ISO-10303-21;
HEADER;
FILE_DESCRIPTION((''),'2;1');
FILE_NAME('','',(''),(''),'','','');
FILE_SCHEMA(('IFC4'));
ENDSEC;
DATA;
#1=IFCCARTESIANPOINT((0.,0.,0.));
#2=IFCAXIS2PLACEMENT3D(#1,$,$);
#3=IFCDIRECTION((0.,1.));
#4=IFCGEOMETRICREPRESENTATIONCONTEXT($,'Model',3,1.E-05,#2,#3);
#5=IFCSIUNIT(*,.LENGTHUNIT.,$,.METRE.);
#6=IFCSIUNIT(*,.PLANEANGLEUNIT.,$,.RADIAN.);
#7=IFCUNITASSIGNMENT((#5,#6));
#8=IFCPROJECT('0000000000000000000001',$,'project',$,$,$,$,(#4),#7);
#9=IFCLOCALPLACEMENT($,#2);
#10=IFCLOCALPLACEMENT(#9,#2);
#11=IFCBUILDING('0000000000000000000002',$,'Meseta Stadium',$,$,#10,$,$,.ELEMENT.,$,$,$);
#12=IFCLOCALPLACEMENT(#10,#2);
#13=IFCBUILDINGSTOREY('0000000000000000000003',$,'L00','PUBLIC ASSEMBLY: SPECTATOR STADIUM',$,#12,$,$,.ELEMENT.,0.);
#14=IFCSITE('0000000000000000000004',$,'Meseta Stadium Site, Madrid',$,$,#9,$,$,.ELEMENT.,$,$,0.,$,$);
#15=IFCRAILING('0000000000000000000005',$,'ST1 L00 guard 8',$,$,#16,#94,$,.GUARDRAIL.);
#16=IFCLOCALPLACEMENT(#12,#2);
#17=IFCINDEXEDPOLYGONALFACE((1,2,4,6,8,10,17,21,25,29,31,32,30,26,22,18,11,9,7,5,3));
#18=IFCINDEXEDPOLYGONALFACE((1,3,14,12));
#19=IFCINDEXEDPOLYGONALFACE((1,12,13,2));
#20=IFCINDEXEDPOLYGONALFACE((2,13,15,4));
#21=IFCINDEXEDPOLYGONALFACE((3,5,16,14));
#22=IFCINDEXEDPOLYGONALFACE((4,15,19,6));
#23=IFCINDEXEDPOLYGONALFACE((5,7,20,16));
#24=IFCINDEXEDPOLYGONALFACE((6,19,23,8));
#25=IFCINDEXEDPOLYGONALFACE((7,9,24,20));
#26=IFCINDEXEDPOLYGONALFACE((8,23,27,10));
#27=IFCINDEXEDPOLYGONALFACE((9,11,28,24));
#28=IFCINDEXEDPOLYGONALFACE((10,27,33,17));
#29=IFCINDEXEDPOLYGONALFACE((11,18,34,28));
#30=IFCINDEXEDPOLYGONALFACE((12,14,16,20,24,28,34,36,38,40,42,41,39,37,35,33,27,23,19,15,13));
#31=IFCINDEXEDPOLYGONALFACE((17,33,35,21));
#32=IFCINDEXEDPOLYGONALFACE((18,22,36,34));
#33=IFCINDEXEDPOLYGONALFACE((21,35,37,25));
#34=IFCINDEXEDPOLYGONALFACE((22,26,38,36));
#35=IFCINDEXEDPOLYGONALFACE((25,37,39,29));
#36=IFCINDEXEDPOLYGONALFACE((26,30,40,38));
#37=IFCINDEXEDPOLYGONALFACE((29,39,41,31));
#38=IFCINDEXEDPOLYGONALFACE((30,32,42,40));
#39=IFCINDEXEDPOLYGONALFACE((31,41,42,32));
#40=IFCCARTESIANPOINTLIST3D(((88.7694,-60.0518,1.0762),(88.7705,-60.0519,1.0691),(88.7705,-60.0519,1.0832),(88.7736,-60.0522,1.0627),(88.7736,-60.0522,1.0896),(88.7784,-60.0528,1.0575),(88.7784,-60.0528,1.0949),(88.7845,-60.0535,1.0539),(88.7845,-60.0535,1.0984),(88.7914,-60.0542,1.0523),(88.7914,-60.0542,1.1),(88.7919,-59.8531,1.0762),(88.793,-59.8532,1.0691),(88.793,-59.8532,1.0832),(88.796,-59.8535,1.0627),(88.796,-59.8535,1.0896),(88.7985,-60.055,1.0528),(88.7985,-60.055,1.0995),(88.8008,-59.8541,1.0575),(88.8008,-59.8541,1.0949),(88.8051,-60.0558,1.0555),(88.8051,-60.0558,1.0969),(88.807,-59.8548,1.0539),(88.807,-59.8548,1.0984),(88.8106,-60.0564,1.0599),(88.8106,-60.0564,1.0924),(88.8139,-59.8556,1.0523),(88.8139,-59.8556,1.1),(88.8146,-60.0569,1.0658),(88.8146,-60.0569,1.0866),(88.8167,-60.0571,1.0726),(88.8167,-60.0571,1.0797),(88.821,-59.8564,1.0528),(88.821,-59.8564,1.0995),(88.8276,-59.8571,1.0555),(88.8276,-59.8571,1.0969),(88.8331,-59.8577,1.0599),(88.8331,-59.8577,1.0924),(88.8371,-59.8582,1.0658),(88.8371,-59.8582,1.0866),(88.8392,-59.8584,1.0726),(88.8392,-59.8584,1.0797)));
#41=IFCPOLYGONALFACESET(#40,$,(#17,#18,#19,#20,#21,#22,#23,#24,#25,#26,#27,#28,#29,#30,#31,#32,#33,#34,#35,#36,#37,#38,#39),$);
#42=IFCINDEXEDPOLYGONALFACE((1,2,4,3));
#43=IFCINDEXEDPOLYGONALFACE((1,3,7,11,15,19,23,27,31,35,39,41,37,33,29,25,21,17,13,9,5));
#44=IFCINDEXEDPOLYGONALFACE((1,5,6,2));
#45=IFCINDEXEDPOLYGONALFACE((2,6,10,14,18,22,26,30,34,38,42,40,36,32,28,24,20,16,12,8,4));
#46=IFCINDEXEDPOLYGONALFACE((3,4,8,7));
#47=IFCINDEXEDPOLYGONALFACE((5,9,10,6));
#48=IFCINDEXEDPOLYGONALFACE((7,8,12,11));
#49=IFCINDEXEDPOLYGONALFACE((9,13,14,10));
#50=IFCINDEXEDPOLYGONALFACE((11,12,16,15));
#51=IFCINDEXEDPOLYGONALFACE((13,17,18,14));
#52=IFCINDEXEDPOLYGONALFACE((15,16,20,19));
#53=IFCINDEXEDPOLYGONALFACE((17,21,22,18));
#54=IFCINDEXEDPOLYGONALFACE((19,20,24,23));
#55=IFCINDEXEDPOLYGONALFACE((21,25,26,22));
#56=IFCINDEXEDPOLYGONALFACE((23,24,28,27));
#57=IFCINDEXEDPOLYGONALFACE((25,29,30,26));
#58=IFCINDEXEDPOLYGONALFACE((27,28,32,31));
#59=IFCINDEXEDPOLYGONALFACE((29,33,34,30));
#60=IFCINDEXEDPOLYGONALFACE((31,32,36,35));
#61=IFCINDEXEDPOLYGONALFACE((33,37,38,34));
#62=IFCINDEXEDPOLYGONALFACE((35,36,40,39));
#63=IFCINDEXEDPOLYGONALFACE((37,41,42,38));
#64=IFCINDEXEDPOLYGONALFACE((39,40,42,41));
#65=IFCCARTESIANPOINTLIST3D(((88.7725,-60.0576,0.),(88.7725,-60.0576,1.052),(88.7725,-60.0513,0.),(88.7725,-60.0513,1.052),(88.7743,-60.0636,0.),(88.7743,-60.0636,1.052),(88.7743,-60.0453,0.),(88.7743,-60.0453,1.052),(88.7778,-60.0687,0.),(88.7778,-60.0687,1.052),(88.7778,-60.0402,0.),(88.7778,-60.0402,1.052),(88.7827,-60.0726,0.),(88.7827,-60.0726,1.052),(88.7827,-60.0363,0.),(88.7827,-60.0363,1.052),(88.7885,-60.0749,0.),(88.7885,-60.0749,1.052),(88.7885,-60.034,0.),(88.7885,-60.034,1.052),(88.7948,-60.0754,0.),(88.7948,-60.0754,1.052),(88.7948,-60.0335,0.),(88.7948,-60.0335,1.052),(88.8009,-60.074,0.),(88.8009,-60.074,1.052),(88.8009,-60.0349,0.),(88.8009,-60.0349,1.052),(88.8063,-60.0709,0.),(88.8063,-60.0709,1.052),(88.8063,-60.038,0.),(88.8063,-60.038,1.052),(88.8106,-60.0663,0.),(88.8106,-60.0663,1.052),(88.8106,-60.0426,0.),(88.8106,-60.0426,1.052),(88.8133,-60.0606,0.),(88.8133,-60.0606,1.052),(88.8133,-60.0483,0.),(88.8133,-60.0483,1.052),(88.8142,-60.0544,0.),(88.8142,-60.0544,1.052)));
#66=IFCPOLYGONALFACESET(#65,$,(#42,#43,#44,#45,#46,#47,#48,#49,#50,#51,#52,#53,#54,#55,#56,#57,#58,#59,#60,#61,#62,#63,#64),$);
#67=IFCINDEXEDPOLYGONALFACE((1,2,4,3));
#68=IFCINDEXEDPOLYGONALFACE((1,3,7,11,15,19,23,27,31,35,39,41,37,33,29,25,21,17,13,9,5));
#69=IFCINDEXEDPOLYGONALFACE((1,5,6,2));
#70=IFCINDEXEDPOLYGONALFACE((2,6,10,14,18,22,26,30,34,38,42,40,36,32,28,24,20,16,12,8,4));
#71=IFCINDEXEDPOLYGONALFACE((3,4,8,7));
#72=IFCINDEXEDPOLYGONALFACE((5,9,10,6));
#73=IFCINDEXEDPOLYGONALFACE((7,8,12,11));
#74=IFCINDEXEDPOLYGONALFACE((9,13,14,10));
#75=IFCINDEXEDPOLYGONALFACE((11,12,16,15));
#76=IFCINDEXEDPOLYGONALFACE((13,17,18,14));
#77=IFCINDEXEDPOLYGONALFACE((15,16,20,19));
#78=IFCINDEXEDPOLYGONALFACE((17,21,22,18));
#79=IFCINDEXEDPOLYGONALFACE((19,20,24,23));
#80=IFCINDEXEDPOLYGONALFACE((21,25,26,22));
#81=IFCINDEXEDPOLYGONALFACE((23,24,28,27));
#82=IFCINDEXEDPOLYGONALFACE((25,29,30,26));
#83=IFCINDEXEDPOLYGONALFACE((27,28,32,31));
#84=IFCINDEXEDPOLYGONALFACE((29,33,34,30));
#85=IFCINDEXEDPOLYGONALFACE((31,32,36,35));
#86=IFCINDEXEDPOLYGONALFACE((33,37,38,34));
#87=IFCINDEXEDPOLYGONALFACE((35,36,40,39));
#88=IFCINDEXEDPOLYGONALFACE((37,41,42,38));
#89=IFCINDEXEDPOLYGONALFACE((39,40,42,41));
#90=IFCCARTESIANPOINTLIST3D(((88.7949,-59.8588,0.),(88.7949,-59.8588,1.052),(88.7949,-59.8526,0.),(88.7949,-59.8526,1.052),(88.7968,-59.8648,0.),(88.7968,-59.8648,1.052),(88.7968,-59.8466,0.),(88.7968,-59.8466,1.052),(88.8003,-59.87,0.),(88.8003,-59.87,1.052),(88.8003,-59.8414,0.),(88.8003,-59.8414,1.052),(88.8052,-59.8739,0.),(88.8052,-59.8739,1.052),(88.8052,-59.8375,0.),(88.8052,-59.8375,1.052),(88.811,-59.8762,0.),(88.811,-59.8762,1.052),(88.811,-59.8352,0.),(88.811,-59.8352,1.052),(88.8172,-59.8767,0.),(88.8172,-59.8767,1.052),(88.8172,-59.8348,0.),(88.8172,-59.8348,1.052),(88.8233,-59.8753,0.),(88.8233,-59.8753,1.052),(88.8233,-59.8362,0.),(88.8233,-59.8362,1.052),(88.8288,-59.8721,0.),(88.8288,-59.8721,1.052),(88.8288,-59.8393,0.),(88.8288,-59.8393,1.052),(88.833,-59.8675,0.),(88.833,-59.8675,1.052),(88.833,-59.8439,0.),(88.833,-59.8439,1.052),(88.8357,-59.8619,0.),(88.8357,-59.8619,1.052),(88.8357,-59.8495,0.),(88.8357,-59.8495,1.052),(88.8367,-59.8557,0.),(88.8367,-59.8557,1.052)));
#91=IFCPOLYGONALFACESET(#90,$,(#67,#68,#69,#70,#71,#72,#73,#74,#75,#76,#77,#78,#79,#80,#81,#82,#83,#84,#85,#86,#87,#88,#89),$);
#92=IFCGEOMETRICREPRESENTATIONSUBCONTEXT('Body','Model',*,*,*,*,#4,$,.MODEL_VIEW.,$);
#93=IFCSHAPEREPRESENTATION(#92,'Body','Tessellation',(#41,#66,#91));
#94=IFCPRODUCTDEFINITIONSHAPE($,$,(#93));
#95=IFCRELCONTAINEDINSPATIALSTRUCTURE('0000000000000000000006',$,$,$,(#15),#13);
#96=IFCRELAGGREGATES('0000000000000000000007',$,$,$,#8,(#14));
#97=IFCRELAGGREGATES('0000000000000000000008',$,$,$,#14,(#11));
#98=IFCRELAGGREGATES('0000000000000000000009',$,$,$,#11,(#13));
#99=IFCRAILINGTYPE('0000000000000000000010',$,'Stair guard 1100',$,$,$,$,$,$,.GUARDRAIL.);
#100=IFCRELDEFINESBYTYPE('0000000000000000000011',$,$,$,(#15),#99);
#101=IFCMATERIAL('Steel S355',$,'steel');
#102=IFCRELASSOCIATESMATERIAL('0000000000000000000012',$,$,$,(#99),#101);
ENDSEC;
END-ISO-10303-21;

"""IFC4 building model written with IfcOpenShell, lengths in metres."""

from ifc_helpers import new_model, si_unit, direction, frame, origin, origin_2d, place, context, subcontext, project, spatial, circle, extrude, material, type_object, element, save


model = new_model("IFC4")

# Units and contexts
model_context = context("Model", 3, precision=1e-05, world=origin(), true_north=direction((0.0, 1.0)))
body_context = subcontext(model_context, "Body", "Model", "MODEL_VIEW")
ifc_project = project(units=[si_unit("LENGTHUNIT", "METRE"), si_unit("PLANEANGLEUNIT", "RADIAN")], contexts=[model_context])

# Site, building, storey
site_placement = place(None, origin())
site = spatial("IfcSite", under=ifc_project, at=site_placement, Name="Meseta Stadium Site, Madrid", CompositionType="ELEMENT", RefElevation=0.0)
building_placement = place(site_placement, origin())
building = spatial("IfcBuilding", under=site, at=building_placement, Name="Meseta Stadium", CompositionType="ELEMENT")
storey_placement = place(building_placement, origin())
storey = spatial("IfcBuildingStorey", under=building, at=storey_placement, Name="L00", Description="PUBLIC ASSEMBLY: SPECTATOR STADIUM", CompositionType="ELEMENT", Elevation=0.0)

# Railing
ifc_material_1 = material(Name="Steel S355", Category="steel")
railing_type_1 = type_object("IfcRailingType", Name="Stair guard 1100", PredefinedType="GUARDRAIL", material=ifc_material_1)
railing_1_placement = place(storey_placement, frame((88.7932, -60.0544, 0.0)))
element("IfcRailing", 1, at=railing_1_placement, inside=storey, type_object=railing_type_1, Name="ST1 L00 guard 8", PredefinedType="GUARDRAIL", context=body_context, shape_type="SweptSolid", body=[
    extrude(circle(Radius=0.0239, at=origin_2d()), frame((0.0, 0.0, 1.0762), z_axis=(0.112307, 0.993674, 0.0), x_axis=(-0.993674, 0.112307, 0.0)), (0.0, 0.0, 1.0), 0.2),
    extrude(circle(Radius=0.021, at=origin_2d()), origin(), (0.0, 0.0, 1.0), 1.052),
    extrude(circle(Radius=0.021, at=origin_2d()), frame((0.0225, 0.1987, 0.0)), (0.0, 0.0, 1.0), 1.052),
])

save(model, "model.ifc")
